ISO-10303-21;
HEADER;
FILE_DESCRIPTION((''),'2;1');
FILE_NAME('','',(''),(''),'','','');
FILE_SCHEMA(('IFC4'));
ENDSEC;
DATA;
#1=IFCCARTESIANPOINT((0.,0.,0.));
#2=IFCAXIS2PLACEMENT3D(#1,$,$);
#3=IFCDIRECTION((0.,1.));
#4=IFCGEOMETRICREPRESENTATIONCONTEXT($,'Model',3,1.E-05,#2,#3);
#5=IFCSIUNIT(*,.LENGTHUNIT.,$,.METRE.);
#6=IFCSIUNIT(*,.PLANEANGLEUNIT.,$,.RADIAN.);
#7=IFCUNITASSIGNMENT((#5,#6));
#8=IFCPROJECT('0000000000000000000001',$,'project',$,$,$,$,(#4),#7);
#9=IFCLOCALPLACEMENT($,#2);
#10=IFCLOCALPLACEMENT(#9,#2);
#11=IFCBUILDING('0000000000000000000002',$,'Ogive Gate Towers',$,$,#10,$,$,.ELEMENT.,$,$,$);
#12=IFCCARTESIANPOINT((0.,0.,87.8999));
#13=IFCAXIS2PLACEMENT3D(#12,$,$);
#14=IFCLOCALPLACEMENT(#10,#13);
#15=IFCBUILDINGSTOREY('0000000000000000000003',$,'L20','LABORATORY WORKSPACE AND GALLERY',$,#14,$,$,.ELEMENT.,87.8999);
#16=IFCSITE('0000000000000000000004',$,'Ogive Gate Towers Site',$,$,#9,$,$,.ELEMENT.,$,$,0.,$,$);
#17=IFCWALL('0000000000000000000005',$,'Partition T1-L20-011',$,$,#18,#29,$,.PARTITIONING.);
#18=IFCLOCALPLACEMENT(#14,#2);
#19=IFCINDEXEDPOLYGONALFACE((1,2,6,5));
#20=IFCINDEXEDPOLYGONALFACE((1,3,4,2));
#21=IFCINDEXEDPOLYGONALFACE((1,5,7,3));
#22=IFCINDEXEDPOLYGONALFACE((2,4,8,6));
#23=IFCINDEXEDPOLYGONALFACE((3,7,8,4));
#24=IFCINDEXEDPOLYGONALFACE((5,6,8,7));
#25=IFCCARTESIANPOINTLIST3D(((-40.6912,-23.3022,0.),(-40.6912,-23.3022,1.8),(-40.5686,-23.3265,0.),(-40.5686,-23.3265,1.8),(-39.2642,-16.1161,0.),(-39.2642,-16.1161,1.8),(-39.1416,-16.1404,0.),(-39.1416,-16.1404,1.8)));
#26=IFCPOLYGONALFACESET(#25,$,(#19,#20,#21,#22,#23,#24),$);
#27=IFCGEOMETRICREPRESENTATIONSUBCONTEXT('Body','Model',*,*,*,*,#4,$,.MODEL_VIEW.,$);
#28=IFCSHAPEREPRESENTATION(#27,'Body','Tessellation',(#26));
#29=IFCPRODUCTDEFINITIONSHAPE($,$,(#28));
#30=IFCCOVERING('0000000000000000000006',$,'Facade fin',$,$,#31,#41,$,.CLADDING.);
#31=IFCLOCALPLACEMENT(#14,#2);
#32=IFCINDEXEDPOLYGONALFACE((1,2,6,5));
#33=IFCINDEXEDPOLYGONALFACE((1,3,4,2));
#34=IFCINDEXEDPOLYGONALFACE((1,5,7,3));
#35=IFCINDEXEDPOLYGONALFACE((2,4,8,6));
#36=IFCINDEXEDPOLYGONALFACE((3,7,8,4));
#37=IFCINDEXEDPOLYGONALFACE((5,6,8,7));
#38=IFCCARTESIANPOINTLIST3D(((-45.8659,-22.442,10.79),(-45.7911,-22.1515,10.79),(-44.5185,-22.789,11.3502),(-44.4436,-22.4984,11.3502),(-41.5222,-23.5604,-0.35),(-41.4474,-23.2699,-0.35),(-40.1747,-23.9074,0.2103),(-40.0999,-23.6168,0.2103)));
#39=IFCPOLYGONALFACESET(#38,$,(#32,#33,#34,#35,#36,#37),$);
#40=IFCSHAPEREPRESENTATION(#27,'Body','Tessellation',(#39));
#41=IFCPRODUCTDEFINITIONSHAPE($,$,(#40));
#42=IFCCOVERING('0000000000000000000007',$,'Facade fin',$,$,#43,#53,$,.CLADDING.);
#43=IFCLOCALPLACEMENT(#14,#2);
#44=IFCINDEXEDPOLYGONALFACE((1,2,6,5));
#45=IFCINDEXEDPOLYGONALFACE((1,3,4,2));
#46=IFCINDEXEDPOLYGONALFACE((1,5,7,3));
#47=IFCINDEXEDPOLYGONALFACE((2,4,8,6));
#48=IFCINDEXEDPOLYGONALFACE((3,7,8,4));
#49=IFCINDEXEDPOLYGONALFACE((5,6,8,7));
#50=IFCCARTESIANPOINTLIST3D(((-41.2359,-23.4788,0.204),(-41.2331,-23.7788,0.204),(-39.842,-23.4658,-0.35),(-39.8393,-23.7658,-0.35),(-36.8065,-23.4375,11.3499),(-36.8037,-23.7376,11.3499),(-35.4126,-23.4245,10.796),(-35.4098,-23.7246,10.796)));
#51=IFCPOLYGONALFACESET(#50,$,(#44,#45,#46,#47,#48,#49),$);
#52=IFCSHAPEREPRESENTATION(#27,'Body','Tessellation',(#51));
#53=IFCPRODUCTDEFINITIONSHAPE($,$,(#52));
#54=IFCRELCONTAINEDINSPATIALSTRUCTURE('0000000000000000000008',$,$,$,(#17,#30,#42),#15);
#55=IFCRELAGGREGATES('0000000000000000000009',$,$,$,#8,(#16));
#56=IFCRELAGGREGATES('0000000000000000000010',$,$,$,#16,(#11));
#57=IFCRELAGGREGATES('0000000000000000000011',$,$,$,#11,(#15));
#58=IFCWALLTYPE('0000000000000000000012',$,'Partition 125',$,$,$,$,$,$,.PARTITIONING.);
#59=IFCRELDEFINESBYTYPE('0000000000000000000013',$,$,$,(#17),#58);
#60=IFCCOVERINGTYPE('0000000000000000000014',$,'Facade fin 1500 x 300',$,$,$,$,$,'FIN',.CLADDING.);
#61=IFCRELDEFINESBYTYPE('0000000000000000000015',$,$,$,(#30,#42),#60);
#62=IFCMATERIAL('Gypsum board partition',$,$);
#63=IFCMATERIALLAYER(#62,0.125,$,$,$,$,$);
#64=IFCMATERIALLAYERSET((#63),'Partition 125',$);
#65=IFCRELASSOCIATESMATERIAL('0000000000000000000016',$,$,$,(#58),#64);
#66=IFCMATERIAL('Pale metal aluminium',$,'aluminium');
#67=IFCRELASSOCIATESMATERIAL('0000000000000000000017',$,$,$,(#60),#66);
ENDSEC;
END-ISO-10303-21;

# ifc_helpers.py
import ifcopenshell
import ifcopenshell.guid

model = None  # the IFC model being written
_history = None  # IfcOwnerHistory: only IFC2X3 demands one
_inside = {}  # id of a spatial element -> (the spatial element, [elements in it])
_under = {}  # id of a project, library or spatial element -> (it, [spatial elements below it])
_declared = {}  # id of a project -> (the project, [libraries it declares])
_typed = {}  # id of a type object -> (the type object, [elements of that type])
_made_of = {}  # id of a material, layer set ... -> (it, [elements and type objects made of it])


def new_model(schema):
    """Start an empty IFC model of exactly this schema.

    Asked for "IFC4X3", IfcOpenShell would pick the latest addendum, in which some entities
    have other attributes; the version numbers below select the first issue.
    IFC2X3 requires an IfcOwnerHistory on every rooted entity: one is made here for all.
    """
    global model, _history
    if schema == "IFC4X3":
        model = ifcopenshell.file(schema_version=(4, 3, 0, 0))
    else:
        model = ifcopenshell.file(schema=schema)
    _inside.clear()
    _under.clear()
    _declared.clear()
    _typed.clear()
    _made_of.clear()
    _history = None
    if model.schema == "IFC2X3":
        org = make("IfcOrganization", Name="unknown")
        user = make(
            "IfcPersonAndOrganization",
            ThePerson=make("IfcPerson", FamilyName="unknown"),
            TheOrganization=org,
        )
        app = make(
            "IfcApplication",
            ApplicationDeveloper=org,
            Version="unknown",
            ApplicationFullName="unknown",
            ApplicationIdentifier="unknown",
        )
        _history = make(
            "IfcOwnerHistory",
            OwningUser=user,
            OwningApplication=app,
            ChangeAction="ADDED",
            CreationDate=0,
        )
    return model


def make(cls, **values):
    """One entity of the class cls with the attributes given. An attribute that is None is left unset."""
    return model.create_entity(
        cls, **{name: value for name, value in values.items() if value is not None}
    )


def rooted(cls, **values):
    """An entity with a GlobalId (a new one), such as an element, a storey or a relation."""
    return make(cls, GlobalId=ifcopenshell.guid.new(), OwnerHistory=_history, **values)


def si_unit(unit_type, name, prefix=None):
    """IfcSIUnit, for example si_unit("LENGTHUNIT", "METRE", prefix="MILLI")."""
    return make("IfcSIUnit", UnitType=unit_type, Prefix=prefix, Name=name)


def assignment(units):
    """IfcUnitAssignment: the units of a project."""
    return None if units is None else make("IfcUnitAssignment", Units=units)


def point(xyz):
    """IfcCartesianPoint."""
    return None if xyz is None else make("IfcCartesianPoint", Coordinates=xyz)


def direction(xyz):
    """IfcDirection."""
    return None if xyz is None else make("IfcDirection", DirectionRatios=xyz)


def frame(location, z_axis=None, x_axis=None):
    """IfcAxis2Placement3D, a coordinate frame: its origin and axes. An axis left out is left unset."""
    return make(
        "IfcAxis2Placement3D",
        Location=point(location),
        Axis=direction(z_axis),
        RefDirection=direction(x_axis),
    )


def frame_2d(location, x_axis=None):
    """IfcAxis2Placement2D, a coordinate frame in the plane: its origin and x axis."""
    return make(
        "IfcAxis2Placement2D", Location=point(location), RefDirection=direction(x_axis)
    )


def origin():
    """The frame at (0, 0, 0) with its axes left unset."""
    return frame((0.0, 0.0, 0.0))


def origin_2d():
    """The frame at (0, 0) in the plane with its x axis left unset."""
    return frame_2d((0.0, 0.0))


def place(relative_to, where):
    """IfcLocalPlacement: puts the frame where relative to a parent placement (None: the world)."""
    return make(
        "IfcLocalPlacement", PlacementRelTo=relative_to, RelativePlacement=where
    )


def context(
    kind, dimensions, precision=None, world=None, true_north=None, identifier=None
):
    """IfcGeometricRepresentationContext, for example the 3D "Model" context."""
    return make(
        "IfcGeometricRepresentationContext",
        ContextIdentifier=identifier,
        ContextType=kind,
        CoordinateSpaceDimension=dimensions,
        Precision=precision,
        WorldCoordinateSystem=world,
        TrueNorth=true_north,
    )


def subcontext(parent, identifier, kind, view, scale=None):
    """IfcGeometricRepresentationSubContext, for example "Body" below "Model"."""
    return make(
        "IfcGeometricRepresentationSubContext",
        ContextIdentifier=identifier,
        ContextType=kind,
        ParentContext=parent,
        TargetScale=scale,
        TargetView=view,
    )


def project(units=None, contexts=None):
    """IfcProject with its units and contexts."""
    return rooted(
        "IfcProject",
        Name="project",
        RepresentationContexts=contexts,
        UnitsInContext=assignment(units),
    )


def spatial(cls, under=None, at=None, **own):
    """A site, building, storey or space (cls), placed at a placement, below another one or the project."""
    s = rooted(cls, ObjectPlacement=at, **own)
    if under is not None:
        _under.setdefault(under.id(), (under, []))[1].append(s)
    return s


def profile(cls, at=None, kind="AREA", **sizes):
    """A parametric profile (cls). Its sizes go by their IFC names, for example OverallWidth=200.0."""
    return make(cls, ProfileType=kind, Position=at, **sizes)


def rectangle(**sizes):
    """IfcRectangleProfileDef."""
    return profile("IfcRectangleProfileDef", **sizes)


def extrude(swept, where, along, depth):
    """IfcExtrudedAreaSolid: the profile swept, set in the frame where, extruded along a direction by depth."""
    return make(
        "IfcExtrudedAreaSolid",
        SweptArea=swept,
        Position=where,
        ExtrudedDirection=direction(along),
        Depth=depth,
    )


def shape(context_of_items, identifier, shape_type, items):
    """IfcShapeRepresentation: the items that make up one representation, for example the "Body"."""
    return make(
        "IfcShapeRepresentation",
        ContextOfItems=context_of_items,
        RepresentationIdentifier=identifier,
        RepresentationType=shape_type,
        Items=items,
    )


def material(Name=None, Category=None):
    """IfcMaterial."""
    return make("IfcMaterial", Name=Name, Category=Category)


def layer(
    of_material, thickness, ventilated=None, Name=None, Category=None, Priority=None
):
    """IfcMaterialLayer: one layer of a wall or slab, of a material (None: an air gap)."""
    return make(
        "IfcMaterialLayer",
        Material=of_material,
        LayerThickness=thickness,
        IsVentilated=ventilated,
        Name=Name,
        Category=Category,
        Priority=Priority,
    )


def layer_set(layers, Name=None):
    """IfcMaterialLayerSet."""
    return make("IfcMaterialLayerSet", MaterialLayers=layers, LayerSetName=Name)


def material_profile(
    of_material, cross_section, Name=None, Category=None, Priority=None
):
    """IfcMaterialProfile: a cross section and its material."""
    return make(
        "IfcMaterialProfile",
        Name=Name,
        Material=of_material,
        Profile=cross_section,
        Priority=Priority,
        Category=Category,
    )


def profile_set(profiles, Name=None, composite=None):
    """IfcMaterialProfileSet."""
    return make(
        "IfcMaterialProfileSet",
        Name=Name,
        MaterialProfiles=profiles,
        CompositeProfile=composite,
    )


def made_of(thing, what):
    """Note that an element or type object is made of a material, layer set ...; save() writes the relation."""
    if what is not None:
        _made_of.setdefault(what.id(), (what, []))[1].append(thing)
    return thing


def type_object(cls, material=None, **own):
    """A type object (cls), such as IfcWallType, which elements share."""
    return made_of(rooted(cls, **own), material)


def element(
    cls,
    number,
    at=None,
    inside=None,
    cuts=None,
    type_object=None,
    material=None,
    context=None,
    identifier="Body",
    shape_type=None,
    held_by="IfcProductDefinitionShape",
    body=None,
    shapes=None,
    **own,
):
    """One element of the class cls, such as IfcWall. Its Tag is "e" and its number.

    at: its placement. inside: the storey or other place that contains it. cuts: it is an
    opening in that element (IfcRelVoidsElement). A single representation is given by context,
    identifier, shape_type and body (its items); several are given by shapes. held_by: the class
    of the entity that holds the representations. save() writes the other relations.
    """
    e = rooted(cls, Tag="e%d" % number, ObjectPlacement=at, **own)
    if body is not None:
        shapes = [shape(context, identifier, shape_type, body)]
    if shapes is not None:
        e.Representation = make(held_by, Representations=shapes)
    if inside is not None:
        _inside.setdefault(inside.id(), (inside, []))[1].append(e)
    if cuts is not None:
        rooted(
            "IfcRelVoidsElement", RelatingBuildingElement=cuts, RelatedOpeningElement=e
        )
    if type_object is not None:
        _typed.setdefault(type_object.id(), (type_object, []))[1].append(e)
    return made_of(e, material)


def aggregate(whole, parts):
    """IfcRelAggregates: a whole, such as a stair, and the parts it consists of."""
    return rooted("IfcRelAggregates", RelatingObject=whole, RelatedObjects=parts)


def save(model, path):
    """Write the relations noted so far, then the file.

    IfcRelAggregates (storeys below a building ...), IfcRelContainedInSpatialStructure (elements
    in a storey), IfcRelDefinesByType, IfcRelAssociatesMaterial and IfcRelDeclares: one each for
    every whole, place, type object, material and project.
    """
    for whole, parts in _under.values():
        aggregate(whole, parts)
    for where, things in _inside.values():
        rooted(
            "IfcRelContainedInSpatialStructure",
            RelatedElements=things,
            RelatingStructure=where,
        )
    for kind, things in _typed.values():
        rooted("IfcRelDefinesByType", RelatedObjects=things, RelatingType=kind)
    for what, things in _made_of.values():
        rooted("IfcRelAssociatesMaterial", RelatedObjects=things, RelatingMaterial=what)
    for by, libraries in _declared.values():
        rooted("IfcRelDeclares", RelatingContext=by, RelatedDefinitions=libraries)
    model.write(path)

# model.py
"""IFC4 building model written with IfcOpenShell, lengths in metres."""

from ifc_helpers import new_model, si_unit, direction, frame, frame_2d, origin, origin_2d, place, context, subcontext, project, spatial, rectangle, extrude, material, layer, layer_set, material_profile, profile_set, type_object, element, save


model = new_model("IFC4")

# Units and contexts
model_context = context("Model", 3, precision=1e-05, world=origin(), true_north=direction((0.0, 1.0)))
body_context = subcontext(model_context, "Body", "Model", "MODEL_VIEW")
ifc_project = project(units=[si_unit("LENGTHUNIT", "METRE"), si_unit("PLANEANGLEUNIT", "RADIAN")], contexts=[model_context])

# Site, building, storey
site_placement = place(None, origin())
site = spatial("IfcSite", under=ifc_project, at=site_placement, Name="Ogive Gate Towers Site", CompositionType="ELEMENT", RefElevation=0.0)
building_placement = place(site_placement, origin())
building = spatial("IfcBuilding", under=site, at=building_placement, Name="Ogive Gate Towers", CompositionType="ELEMENT")
storey_placement = place(building_placement, frame((0.0, 0.0, 87.8999)))
storey = spatial("IfcBuildingStorey", under=building, at=storey_placement, Name="L20", Description="LABORATORY WORKSPACE AND GALLERY", CompositionType="ELEMENT", Elevation=87.8999)

# Shared definitions
ifc_material_1 = material(Name="Pale metal aluminium", Category="aluminium")

# Wall
ifc_material_2 = material(Name="Gypsum board partition")
ifc_layer_1 = layer(ifc_material_2, 0.125)
ifc_layer_set_1 = layer_set([ifc_layer_1], Name="Partition 125")
wall_type = type_object("IfcWallType", Name="Partition 125", PredefinedType="PARTITIONING", material=ifc_layer_set_1)
wall_placement = place(storey_placement, frame((-40.6299, -23.3142, 0.0), z_axis=(0.0, 0.0, 1.0), x_axis=(0.194777, 0.980848, 0.0)))
element("IfcWall", 1, at=wall_placement, inside=storey, type_object=wall_type, Name="Partition T1-L20-011", PredefinedType="PARTITIONING", context=body_context, shape_type="SweptSolid", body=[
    extrude(rectangle(XDim=7.3264, YDim=0.125, at=frame_2d((3.6631, 0.0))), origin(), (0.0, 0.0, 1.0), 1.8),
])

# Coverings
ifc_material_profile_1 = material_profile(ifc_material_1, rectangle(XDim=0.3, YDim=1.5, at=origin_2d()), Name="1500 x 300 pale metal aluminium")
ifc_profile_set_1 = profile_set([ifc_material_profile_1], Name="Pale metal aluminium")
covering_type = type_object("IfcCoveringType", Name="Facade fin 1500 x 300", ElementType="FIN", PredefinedType="CLADDING", material=ifc_profile_set_1)
covering_1_placement = place(storey_placement, frame((-40.811, -23.5886, -0.0698), z_axis=(-0.361708, 0.093131, 0.927628), x_axis=(-0.249343, -0.968415, 0.0)))
element("IfcCovering", 2, at=covering_1_placement, inside=storey, type_object=covering_type, Name="Facade fin", PredefinedType="CLADDING", context=body_context, shape_type="SweptSolid", body=[
    extrude(rectangle(XDim=0.3, YDim=1.5, at=origin_2d()), origin(), (0.0, 0.0, 1.0), 12.009),
])
covering_2_placement = place(storey_placement, frame((-40.5376, -23.6223, -0.073), z_axis=(0.369306, 0.00344, 0.929301), x_axis=(-0.009314, 0.999957, 0.0)))
element("IfcCovering", 3, at=covering_2_placement, inside=storey, type_object=covering_type, Name="Facade fin", PredefinedType="CLADDING", context=body_context, shape_type="SweptSolid", body=[
    extrude(rectangle(XDim=0.3, YDim=1.5, at=origin_2d()), origin(), (0.0, 0.0, 1.0), 11.9939),
])

save(model, "model.ifc")
